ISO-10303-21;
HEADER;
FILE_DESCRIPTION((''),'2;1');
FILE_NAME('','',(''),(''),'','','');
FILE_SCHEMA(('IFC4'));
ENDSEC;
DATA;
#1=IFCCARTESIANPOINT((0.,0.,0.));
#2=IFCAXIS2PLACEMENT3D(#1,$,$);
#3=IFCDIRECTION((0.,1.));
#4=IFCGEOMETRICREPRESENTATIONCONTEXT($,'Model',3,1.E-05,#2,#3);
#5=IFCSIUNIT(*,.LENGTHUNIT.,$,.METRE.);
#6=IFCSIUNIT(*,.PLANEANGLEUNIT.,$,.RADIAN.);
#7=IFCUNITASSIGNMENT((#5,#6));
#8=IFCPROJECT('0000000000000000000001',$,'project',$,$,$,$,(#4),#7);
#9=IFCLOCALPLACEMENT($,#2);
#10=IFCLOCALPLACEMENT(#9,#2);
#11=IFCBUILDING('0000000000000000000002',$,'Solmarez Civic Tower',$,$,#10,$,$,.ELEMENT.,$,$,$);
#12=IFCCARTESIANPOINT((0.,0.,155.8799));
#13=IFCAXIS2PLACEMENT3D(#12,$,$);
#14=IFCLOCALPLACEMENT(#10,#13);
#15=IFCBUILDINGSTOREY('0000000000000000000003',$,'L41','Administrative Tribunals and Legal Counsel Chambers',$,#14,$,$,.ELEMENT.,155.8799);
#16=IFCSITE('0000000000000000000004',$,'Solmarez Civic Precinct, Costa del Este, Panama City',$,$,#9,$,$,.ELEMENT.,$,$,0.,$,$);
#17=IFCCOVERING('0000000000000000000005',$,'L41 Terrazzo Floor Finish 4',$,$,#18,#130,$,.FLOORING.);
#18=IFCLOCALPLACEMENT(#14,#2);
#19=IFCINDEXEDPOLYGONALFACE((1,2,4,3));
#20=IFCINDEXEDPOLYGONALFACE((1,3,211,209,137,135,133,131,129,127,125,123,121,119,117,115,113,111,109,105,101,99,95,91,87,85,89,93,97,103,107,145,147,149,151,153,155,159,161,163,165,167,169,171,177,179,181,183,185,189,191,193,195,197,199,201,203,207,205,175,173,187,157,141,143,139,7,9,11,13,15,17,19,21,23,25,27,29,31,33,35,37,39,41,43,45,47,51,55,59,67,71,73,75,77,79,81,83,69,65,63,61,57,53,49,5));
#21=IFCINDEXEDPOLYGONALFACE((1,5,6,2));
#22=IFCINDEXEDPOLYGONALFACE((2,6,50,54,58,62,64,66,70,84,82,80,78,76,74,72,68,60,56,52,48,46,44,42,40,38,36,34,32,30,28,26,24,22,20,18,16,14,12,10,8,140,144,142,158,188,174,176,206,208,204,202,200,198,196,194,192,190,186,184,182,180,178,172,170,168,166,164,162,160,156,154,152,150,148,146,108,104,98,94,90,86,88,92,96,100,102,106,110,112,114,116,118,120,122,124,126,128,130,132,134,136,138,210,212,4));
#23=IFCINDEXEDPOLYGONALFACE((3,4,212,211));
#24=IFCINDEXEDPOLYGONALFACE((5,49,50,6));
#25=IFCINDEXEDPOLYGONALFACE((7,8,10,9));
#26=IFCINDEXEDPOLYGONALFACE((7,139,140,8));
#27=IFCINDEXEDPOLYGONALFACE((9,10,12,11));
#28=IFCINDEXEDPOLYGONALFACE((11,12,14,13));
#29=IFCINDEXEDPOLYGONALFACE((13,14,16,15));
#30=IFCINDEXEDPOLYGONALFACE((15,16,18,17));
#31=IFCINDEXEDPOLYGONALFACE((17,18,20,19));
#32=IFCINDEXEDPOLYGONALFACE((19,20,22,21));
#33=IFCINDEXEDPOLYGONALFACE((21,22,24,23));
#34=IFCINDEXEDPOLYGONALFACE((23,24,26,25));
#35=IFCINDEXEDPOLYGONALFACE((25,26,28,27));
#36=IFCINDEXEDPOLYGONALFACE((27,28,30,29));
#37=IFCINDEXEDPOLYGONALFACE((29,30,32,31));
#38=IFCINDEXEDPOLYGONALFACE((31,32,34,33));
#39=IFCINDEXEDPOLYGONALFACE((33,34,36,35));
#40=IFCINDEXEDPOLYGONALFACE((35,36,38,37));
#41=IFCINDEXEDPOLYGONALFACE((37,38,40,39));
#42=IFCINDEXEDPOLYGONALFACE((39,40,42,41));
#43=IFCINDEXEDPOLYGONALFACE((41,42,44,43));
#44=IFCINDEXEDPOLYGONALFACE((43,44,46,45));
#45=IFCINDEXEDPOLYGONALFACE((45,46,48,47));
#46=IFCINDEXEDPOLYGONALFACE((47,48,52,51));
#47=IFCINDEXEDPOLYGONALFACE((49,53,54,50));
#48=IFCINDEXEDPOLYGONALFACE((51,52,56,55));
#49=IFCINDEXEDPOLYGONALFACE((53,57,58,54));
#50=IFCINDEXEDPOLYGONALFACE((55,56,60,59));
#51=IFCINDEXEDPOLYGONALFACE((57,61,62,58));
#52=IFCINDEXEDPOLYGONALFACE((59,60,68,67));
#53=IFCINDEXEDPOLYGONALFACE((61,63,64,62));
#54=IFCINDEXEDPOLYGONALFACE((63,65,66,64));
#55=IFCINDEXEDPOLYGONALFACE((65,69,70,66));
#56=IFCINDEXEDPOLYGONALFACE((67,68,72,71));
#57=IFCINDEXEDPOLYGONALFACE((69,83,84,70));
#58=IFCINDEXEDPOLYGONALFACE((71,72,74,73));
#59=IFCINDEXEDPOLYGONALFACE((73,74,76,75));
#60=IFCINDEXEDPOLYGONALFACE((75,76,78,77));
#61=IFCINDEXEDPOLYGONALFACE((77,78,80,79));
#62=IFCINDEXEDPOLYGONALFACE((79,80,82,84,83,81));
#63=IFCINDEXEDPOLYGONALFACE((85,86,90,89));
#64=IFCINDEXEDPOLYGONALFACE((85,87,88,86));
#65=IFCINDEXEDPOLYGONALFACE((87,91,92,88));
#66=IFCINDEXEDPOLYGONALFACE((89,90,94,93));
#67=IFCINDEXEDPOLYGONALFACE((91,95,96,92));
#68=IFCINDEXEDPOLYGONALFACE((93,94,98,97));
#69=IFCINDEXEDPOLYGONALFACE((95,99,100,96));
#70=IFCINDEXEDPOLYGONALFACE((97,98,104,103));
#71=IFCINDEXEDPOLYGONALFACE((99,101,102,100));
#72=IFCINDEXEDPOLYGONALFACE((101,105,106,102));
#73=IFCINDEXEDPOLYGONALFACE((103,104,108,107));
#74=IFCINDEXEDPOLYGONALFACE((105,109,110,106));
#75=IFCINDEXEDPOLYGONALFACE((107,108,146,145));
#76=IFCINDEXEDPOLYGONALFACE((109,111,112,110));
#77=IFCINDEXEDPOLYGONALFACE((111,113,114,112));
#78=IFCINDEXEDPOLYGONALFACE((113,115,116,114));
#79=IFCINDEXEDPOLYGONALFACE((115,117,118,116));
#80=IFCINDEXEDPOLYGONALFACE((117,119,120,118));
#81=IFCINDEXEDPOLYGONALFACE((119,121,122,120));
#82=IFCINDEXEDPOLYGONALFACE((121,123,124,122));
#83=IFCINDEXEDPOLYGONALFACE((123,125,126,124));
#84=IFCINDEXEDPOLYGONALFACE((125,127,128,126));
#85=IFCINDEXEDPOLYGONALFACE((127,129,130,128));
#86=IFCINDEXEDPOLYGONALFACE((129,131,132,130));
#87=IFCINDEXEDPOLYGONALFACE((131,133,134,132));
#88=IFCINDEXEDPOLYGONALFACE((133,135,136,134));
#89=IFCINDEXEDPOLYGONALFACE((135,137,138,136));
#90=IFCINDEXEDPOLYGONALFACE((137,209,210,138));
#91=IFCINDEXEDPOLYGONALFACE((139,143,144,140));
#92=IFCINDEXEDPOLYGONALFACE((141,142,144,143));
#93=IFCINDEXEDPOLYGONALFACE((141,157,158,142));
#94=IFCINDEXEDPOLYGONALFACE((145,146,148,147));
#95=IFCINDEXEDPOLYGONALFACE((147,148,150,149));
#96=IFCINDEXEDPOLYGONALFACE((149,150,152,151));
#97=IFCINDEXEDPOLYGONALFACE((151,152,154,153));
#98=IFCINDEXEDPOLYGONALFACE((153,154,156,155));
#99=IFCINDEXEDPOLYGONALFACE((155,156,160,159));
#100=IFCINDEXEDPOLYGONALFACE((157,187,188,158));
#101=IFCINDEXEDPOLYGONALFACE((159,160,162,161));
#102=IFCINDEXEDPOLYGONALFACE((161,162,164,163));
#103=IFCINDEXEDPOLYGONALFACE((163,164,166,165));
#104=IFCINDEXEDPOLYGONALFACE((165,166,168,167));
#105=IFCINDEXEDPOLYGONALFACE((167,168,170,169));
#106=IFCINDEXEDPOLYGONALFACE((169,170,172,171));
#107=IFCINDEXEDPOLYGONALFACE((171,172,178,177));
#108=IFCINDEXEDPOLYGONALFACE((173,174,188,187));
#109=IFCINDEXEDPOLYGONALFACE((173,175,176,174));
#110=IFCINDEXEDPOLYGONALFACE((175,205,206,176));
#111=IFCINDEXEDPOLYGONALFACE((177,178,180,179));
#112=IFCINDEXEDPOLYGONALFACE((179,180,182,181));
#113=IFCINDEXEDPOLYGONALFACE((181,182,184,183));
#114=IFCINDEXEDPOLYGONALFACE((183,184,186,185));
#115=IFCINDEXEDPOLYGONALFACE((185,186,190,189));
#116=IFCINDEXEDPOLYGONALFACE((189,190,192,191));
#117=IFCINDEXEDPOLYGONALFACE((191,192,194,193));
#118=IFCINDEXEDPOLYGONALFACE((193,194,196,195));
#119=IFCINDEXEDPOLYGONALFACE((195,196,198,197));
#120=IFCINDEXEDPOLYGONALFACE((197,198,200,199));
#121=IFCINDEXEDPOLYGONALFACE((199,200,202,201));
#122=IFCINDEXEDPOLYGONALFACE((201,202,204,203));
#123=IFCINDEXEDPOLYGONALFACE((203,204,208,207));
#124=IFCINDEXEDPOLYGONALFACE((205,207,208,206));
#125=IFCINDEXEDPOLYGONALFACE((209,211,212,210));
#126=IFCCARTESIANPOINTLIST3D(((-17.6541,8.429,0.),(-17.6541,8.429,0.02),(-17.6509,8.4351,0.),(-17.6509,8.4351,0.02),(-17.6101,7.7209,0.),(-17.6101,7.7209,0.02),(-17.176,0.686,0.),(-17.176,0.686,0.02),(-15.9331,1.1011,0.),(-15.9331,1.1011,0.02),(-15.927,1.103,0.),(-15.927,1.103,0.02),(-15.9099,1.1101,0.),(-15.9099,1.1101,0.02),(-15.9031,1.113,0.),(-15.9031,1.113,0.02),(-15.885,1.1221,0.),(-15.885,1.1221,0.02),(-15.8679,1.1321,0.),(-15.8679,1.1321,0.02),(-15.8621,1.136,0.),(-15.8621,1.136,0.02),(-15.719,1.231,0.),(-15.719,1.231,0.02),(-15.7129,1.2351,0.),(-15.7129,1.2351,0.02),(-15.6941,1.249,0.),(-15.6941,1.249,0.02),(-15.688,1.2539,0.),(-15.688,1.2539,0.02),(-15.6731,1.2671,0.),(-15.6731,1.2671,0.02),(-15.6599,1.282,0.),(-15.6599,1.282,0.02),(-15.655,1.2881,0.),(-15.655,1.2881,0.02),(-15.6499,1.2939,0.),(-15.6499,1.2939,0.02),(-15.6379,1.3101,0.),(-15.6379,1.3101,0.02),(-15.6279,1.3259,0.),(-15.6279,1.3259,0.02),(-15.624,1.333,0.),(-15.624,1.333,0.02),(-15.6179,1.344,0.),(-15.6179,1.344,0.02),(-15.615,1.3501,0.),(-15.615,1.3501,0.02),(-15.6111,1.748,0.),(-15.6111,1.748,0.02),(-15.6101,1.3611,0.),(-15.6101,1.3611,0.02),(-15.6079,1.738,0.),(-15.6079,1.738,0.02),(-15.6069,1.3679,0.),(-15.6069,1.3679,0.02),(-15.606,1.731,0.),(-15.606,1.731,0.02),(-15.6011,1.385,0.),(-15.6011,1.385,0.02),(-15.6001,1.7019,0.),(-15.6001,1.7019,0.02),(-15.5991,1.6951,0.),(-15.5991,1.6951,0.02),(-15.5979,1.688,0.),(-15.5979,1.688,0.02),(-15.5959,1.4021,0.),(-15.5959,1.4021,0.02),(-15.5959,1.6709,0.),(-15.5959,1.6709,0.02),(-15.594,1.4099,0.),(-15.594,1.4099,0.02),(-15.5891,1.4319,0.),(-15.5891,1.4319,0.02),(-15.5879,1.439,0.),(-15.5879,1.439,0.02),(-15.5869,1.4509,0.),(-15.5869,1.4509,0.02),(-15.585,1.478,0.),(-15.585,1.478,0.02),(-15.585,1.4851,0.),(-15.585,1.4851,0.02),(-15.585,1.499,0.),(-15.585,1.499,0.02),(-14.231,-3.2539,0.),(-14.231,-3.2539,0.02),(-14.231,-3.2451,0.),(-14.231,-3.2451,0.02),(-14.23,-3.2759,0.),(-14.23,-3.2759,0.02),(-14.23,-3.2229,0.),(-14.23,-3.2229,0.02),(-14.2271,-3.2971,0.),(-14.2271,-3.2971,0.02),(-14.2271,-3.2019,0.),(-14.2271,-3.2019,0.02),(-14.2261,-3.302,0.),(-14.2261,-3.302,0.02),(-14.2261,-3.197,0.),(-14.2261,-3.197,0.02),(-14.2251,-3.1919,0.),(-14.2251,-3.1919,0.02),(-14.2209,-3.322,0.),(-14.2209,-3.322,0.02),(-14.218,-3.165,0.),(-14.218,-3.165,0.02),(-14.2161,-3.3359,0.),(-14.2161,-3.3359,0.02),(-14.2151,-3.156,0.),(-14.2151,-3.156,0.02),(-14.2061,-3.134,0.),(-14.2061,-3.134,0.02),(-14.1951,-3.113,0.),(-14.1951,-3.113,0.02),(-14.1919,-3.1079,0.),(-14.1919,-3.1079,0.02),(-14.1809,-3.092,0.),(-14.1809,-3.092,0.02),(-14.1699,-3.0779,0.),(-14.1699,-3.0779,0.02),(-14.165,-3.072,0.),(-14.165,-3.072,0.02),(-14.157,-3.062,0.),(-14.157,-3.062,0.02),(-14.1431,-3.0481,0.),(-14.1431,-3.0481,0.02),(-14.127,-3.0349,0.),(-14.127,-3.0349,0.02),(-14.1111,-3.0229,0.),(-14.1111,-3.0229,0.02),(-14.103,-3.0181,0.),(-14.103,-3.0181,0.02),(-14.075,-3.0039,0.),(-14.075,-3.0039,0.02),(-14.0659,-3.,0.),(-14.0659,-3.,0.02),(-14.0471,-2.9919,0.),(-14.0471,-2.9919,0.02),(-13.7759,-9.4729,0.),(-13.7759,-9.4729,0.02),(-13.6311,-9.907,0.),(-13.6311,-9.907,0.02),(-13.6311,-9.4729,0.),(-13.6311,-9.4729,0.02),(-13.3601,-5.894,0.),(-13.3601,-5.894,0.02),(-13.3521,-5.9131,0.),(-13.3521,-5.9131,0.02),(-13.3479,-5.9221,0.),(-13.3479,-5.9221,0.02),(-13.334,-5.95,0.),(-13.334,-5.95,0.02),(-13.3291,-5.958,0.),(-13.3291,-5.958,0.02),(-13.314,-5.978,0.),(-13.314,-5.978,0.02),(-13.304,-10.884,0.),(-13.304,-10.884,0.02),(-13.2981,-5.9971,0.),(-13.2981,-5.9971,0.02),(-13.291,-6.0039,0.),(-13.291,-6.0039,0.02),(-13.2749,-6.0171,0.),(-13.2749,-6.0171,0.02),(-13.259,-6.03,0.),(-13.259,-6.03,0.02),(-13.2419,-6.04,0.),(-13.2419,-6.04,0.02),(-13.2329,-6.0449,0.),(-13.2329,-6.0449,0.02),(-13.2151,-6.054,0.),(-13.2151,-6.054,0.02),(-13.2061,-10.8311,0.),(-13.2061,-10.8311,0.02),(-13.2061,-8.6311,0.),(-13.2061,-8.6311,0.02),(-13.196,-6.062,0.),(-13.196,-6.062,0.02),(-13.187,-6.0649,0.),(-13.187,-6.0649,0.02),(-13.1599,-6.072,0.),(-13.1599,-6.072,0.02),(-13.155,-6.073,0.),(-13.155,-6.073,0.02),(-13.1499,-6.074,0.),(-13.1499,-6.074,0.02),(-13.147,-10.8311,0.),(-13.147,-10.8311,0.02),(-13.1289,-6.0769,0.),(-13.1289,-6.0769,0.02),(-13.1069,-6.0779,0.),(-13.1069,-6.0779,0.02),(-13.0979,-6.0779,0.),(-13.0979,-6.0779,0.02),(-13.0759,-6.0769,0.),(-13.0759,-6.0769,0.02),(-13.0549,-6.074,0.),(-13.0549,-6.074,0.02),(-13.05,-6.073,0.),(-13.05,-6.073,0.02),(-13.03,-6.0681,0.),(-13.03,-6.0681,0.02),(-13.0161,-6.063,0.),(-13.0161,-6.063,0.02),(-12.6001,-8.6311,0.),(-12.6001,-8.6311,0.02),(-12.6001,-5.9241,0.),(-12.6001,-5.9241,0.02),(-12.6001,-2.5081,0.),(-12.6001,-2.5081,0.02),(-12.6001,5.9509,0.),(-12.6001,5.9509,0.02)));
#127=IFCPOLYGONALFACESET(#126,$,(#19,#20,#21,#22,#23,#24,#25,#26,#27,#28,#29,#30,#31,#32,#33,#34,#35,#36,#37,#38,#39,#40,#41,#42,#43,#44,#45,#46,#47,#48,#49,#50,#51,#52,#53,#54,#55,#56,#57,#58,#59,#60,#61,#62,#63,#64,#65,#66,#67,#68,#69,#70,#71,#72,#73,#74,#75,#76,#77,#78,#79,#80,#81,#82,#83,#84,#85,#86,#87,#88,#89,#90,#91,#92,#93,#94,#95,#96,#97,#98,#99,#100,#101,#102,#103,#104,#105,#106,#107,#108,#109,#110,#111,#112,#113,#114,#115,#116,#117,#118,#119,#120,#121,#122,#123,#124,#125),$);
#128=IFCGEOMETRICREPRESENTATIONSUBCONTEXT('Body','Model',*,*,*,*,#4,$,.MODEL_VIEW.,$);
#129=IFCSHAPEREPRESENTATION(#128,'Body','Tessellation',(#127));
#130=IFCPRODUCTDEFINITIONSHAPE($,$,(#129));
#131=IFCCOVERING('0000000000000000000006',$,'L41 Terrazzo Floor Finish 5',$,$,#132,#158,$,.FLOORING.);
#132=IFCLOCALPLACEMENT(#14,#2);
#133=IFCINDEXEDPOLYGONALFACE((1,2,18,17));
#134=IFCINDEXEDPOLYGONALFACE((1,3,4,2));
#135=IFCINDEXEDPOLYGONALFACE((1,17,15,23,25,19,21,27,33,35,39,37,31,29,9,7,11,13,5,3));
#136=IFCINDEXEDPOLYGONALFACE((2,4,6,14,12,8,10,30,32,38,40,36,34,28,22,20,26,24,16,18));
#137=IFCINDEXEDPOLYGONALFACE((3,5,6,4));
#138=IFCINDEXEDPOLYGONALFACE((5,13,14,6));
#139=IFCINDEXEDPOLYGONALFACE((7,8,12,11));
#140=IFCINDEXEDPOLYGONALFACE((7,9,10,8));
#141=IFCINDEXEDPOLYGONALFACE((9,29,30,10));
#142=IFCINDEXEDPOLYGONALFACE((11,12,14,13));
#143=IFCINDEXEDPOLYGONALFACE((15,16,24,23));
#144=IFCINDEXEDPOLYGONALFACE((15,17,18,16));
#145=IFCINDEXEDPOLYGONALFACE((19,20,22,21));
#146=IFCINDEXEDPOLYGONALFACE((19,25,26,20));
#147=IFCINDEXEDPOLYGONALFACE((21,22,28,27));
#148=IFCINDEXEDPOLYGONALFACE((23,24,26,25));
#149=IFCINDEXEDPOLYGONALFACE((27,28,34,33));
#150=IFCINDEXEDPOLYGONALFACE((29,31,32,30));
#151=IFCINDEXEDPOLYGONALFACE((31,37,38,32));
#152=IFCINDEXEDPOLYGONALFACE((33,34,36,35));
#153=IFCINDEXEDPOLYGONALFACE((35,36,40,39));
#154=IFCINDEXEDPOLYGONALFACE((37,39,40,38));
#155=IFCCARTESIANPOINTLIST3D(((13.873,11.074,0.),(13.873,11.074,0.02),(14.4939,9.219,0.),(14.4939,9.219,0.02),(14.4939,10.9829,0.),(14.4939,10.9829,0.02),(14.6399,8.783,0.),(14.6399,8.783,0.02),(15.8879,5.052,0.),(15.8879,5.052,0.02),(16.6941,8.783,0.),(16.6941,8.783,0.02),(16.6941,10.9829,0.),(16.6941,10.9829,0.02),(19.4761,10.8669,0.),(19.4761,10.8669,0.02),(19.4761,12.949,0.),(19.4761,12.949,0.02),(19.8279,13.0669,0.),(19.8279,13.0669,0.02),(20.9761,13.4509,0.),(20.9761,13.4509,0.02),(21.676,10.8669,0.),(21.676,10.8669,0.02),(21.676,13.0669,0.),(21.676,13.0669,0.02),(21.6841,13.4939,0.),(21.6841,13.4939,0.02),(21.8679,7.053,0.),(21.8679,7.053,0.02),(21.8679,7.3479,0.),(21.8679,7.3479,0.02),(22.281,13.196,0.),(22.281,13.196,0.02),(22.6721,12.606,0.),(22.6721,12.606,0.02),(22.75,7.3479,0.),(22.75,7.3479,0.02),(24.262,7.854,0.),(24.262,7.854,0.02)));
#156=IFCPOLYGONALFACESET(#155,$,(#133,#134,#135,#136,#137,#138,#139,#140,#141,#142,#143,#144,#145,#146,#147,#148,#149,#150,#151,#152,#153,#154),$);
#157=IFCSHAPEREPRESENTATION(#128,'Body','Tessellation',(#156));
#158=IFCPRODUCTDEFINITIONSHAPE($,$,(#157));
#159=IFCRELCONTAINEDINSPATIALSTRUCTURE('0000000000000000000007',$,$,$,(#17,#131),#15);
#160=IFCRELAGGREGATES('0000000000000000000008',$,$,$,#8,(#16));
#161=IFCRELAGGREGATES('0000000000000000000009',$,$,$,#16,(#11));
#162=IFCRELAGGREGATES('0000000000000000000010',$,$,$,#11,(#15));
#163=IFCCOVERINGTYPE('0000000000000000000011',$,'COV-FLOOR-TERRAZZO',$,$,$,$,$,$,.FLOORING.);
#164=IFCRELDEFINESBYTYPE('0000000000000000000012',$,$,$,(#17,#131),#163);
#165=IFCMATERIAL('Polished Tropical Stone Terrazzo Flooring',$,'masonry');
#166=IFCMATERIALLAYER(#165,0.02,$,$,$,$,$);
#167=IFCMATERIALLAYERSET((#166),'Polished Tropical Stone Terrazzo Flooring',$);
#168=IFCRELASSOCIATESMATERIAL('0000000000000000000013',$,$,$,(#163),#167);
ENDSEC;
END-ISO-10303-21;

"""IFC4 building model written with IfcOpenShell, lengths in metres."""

from ifc_helpers import new_model, si_unit, direction, frame, origin, place, context, subcontext, project, spatial, polyline, outline, extrude, material, layer, layer_set, type_object, element, save


model = new_model("IFC4")

# Units and contexts
model_context = context("Model", 3, precision=1e-05, world=origin(), true_north=direction((0.0, 1.0)))
body_context = subcontext(model_context, "Body", "Model", "MODEL_VIEW")
ifc_project = project(units=[si_unit("LENGTHUNIT", "METRE"), si_unit("PLANEANGLEUNIT", "RADIAN")], contexts=[model_context])

# Site, building, storey
site_placement = place(None, origin())
site = spatial("IfcSite", under=ifc_project, at=site_placement, Name="Solmarez Civic Precinct, Costa del Este, Panama City", CompositionType="ELEMENT", RefElevation=0.0)
building_placement = place(site_placement, origin())
building = spatial("IfcBuilding", under=site, at=building_placement, Name="Solmarez Civic Tower", CompositionType="ELEMENT")
storey_placement = place(building_placement, frame((0.0, 0.0, 155.8799)))
storey = spatial("IfcBuildingStorey", under=building, at=storey_placement, Name="L41", Description="Administrative Tribunals and Legal Counsel Chambers", CompositionType="ELEMENT", Elevation=155.8799)

# Coverings
ifc_material_1 = material(Name="Polished Tropical Stone Terrazzo Flooring", Category="masonry")
ifc_layer_1 = layer(ifc_material_1, 0.02)
ifc_layer_set_1 = layer_set([ifc_layer_1], Name="Polished Tropical Stone Terrazzo Flooring")
covering_type_1 = type_object("IfcCoveringType", Name="COV-FLOOR-TERRAZZO", PredefinedType="FLOORING", material=ifc_layer_set_1)
covering_1_placement = place(storey_placement, origin())
element("IfcCovering", 1, at=covering_1_placement, inside=storey, type_object=covering_type_1, Name="L41 Terrazzo Floor Finish 4", PredefinedType="FLOORING", context=body_context, shape_type="SweptSolid", body=[
    extrude(outline(polyline([(-14.2161, -3.3359), (-14.2209, -3.322), (-14.2261, -3.302), (-14.2271, -3.2971), (-14.23, -3.2759), (-14.231, -3.2539), (-14.231, -3.2451), (-14.23, -3.2229), (-14.2271, -3.2019), (-14.2261, -3.197), (-14.2251, -3.1919), (-14.218, -3.165), (-14.2151, -3.156), (-14.2061, -3.134), (-14.1951, -3.113), (-14.1919, -3.1079), (-14.1809, -3.092), (-14.1699, -3.0779), (-14.165, -3.072), (-14.157, -3.062), (-14.1431, -3.0481), (-14.127, -3.0349), (-14.1111, -3.0229), (-14.103, -3.0181), (-14.075, -3.0039), (-14.0659, -3.0), (-14.0471, -2.9919), (-12.6001, -2.5081), (-12.6001, 5.9509), (-17.6509, 8.4351), (-17.6541, 8.429), (-17.6101, 7.7209), (-15.6111, 1.748), (-15.6079, 1.738), (-15.606, 1.731), (-15.6001, 1.7019), (-15.5991, 1.6951), (-15.5979, 1.688), (-15.5959, 1.6709), (-15.585, 1.499), (-15.585, 1.4851), (-15.585, 1.478), (-15.5869, 1.4509), (-15.5879, 1.439), (-15.5891, 1.4319), (-15.594, 1.4099), (-15.5959, 1.4021), (-15.6011, 1.385), (-15.6069, 1.3679), (-15.6101, 1.3611), (-15.615, 1.3501), (-15.6179, 1.344), (-15.624, 1.333), (-15.6279, 1.3259), (-15.6379, 1.3101), (-15.6499, 1.2939), (-15.655, 1.2881), (-15.6599, 1.282), (-15.6731, 1.2671), (-15.688, 1.2539), (-15.6941, 1.249), (-15.7129, 1.2351), (-15.719, 1.231), (-15.8621, 1.136), (-15.8679, 1.1321), (-15.885, 1.1221), (-15.9031, 1.113), (-15.9099, 1.1101), (-15.927, 1.103), (-15.9331, 1.1011), (-17.176, 0.686), (-13.7759, -9.4729), (-13.6311, -9.4729), (-13.6311, -9.907), (-13.304, -10.884), (-13.147, -10.8311), (-13.2061, -10.8311), (-13.2061, -8.6311), (-12.6001, -8.6311), (-12.6001, -5.9241), (-13.0161, -6.063), (-13.03, -6.0681), (-13.05, -6.073), (-13.0549, -6.074), (-13.0759, -6.0769), (-13.0979, -6.0779), (-13.1069, -6.0779), (-13.1289, -6.0769), (-13.1499, -6.074), (-13.155, -6.073), (-13.1599, -6.072), (-13.187, -6.0649), (-13.196, -6.062), (-13.2151, -6.054), (-13.2329, -6.0449), (-13.2419, -6.04), (-13.259, -6.03), (-13.2749, -6.0171), (-13.291, -6.0039), (-13.2981, -5.9971), (-13.314, -5.978), (-13.3291, -5.958), (-13.334, -5.95), (-13.3479, -5.9221), (-13.3521, -5.9131), (-13.3601, -5.894), (-14.2161, -3.3359)])), origin(), (0.0, 0.0, 1.0), 0.02),
])
covering_2_placement = place(storey_placement, origin())
element("IfcCovering", 2, at=covering_2_placement, inside=storey, type_object=covering_type_1, Name="L41 Terrazzo Floor Finish 5", PredefinedType="FLOORING", context=body_context, shape_type="SweptSolid", body=[
    extrude(outline(polyline([(24.262, 7.854), (22.6721, 12.606), (22.281, 13.196), (21.6841, 13.4939), (20.9761, 13.4509), (19.8279, 13.0669), (21.676, 13.0669), (21.676, 10.8669), (19.4761, 10.8669), (19.4761, 12.949), (13.873, 11.074), (14.4939, 9.219), (14.4939, 10.9829), (16.6941, 10.9829), (16.6941, 8.783), (14.6399, 8.783), (15.8879, 5.052), (21.8679, 7.053), (21.8679, 7.3479), (22.75, 7.3479), (24.262, 7.854)])), origin(), (0.0, 0.0, 1.0), 0.02),
])

save(model, "model.ifc")
